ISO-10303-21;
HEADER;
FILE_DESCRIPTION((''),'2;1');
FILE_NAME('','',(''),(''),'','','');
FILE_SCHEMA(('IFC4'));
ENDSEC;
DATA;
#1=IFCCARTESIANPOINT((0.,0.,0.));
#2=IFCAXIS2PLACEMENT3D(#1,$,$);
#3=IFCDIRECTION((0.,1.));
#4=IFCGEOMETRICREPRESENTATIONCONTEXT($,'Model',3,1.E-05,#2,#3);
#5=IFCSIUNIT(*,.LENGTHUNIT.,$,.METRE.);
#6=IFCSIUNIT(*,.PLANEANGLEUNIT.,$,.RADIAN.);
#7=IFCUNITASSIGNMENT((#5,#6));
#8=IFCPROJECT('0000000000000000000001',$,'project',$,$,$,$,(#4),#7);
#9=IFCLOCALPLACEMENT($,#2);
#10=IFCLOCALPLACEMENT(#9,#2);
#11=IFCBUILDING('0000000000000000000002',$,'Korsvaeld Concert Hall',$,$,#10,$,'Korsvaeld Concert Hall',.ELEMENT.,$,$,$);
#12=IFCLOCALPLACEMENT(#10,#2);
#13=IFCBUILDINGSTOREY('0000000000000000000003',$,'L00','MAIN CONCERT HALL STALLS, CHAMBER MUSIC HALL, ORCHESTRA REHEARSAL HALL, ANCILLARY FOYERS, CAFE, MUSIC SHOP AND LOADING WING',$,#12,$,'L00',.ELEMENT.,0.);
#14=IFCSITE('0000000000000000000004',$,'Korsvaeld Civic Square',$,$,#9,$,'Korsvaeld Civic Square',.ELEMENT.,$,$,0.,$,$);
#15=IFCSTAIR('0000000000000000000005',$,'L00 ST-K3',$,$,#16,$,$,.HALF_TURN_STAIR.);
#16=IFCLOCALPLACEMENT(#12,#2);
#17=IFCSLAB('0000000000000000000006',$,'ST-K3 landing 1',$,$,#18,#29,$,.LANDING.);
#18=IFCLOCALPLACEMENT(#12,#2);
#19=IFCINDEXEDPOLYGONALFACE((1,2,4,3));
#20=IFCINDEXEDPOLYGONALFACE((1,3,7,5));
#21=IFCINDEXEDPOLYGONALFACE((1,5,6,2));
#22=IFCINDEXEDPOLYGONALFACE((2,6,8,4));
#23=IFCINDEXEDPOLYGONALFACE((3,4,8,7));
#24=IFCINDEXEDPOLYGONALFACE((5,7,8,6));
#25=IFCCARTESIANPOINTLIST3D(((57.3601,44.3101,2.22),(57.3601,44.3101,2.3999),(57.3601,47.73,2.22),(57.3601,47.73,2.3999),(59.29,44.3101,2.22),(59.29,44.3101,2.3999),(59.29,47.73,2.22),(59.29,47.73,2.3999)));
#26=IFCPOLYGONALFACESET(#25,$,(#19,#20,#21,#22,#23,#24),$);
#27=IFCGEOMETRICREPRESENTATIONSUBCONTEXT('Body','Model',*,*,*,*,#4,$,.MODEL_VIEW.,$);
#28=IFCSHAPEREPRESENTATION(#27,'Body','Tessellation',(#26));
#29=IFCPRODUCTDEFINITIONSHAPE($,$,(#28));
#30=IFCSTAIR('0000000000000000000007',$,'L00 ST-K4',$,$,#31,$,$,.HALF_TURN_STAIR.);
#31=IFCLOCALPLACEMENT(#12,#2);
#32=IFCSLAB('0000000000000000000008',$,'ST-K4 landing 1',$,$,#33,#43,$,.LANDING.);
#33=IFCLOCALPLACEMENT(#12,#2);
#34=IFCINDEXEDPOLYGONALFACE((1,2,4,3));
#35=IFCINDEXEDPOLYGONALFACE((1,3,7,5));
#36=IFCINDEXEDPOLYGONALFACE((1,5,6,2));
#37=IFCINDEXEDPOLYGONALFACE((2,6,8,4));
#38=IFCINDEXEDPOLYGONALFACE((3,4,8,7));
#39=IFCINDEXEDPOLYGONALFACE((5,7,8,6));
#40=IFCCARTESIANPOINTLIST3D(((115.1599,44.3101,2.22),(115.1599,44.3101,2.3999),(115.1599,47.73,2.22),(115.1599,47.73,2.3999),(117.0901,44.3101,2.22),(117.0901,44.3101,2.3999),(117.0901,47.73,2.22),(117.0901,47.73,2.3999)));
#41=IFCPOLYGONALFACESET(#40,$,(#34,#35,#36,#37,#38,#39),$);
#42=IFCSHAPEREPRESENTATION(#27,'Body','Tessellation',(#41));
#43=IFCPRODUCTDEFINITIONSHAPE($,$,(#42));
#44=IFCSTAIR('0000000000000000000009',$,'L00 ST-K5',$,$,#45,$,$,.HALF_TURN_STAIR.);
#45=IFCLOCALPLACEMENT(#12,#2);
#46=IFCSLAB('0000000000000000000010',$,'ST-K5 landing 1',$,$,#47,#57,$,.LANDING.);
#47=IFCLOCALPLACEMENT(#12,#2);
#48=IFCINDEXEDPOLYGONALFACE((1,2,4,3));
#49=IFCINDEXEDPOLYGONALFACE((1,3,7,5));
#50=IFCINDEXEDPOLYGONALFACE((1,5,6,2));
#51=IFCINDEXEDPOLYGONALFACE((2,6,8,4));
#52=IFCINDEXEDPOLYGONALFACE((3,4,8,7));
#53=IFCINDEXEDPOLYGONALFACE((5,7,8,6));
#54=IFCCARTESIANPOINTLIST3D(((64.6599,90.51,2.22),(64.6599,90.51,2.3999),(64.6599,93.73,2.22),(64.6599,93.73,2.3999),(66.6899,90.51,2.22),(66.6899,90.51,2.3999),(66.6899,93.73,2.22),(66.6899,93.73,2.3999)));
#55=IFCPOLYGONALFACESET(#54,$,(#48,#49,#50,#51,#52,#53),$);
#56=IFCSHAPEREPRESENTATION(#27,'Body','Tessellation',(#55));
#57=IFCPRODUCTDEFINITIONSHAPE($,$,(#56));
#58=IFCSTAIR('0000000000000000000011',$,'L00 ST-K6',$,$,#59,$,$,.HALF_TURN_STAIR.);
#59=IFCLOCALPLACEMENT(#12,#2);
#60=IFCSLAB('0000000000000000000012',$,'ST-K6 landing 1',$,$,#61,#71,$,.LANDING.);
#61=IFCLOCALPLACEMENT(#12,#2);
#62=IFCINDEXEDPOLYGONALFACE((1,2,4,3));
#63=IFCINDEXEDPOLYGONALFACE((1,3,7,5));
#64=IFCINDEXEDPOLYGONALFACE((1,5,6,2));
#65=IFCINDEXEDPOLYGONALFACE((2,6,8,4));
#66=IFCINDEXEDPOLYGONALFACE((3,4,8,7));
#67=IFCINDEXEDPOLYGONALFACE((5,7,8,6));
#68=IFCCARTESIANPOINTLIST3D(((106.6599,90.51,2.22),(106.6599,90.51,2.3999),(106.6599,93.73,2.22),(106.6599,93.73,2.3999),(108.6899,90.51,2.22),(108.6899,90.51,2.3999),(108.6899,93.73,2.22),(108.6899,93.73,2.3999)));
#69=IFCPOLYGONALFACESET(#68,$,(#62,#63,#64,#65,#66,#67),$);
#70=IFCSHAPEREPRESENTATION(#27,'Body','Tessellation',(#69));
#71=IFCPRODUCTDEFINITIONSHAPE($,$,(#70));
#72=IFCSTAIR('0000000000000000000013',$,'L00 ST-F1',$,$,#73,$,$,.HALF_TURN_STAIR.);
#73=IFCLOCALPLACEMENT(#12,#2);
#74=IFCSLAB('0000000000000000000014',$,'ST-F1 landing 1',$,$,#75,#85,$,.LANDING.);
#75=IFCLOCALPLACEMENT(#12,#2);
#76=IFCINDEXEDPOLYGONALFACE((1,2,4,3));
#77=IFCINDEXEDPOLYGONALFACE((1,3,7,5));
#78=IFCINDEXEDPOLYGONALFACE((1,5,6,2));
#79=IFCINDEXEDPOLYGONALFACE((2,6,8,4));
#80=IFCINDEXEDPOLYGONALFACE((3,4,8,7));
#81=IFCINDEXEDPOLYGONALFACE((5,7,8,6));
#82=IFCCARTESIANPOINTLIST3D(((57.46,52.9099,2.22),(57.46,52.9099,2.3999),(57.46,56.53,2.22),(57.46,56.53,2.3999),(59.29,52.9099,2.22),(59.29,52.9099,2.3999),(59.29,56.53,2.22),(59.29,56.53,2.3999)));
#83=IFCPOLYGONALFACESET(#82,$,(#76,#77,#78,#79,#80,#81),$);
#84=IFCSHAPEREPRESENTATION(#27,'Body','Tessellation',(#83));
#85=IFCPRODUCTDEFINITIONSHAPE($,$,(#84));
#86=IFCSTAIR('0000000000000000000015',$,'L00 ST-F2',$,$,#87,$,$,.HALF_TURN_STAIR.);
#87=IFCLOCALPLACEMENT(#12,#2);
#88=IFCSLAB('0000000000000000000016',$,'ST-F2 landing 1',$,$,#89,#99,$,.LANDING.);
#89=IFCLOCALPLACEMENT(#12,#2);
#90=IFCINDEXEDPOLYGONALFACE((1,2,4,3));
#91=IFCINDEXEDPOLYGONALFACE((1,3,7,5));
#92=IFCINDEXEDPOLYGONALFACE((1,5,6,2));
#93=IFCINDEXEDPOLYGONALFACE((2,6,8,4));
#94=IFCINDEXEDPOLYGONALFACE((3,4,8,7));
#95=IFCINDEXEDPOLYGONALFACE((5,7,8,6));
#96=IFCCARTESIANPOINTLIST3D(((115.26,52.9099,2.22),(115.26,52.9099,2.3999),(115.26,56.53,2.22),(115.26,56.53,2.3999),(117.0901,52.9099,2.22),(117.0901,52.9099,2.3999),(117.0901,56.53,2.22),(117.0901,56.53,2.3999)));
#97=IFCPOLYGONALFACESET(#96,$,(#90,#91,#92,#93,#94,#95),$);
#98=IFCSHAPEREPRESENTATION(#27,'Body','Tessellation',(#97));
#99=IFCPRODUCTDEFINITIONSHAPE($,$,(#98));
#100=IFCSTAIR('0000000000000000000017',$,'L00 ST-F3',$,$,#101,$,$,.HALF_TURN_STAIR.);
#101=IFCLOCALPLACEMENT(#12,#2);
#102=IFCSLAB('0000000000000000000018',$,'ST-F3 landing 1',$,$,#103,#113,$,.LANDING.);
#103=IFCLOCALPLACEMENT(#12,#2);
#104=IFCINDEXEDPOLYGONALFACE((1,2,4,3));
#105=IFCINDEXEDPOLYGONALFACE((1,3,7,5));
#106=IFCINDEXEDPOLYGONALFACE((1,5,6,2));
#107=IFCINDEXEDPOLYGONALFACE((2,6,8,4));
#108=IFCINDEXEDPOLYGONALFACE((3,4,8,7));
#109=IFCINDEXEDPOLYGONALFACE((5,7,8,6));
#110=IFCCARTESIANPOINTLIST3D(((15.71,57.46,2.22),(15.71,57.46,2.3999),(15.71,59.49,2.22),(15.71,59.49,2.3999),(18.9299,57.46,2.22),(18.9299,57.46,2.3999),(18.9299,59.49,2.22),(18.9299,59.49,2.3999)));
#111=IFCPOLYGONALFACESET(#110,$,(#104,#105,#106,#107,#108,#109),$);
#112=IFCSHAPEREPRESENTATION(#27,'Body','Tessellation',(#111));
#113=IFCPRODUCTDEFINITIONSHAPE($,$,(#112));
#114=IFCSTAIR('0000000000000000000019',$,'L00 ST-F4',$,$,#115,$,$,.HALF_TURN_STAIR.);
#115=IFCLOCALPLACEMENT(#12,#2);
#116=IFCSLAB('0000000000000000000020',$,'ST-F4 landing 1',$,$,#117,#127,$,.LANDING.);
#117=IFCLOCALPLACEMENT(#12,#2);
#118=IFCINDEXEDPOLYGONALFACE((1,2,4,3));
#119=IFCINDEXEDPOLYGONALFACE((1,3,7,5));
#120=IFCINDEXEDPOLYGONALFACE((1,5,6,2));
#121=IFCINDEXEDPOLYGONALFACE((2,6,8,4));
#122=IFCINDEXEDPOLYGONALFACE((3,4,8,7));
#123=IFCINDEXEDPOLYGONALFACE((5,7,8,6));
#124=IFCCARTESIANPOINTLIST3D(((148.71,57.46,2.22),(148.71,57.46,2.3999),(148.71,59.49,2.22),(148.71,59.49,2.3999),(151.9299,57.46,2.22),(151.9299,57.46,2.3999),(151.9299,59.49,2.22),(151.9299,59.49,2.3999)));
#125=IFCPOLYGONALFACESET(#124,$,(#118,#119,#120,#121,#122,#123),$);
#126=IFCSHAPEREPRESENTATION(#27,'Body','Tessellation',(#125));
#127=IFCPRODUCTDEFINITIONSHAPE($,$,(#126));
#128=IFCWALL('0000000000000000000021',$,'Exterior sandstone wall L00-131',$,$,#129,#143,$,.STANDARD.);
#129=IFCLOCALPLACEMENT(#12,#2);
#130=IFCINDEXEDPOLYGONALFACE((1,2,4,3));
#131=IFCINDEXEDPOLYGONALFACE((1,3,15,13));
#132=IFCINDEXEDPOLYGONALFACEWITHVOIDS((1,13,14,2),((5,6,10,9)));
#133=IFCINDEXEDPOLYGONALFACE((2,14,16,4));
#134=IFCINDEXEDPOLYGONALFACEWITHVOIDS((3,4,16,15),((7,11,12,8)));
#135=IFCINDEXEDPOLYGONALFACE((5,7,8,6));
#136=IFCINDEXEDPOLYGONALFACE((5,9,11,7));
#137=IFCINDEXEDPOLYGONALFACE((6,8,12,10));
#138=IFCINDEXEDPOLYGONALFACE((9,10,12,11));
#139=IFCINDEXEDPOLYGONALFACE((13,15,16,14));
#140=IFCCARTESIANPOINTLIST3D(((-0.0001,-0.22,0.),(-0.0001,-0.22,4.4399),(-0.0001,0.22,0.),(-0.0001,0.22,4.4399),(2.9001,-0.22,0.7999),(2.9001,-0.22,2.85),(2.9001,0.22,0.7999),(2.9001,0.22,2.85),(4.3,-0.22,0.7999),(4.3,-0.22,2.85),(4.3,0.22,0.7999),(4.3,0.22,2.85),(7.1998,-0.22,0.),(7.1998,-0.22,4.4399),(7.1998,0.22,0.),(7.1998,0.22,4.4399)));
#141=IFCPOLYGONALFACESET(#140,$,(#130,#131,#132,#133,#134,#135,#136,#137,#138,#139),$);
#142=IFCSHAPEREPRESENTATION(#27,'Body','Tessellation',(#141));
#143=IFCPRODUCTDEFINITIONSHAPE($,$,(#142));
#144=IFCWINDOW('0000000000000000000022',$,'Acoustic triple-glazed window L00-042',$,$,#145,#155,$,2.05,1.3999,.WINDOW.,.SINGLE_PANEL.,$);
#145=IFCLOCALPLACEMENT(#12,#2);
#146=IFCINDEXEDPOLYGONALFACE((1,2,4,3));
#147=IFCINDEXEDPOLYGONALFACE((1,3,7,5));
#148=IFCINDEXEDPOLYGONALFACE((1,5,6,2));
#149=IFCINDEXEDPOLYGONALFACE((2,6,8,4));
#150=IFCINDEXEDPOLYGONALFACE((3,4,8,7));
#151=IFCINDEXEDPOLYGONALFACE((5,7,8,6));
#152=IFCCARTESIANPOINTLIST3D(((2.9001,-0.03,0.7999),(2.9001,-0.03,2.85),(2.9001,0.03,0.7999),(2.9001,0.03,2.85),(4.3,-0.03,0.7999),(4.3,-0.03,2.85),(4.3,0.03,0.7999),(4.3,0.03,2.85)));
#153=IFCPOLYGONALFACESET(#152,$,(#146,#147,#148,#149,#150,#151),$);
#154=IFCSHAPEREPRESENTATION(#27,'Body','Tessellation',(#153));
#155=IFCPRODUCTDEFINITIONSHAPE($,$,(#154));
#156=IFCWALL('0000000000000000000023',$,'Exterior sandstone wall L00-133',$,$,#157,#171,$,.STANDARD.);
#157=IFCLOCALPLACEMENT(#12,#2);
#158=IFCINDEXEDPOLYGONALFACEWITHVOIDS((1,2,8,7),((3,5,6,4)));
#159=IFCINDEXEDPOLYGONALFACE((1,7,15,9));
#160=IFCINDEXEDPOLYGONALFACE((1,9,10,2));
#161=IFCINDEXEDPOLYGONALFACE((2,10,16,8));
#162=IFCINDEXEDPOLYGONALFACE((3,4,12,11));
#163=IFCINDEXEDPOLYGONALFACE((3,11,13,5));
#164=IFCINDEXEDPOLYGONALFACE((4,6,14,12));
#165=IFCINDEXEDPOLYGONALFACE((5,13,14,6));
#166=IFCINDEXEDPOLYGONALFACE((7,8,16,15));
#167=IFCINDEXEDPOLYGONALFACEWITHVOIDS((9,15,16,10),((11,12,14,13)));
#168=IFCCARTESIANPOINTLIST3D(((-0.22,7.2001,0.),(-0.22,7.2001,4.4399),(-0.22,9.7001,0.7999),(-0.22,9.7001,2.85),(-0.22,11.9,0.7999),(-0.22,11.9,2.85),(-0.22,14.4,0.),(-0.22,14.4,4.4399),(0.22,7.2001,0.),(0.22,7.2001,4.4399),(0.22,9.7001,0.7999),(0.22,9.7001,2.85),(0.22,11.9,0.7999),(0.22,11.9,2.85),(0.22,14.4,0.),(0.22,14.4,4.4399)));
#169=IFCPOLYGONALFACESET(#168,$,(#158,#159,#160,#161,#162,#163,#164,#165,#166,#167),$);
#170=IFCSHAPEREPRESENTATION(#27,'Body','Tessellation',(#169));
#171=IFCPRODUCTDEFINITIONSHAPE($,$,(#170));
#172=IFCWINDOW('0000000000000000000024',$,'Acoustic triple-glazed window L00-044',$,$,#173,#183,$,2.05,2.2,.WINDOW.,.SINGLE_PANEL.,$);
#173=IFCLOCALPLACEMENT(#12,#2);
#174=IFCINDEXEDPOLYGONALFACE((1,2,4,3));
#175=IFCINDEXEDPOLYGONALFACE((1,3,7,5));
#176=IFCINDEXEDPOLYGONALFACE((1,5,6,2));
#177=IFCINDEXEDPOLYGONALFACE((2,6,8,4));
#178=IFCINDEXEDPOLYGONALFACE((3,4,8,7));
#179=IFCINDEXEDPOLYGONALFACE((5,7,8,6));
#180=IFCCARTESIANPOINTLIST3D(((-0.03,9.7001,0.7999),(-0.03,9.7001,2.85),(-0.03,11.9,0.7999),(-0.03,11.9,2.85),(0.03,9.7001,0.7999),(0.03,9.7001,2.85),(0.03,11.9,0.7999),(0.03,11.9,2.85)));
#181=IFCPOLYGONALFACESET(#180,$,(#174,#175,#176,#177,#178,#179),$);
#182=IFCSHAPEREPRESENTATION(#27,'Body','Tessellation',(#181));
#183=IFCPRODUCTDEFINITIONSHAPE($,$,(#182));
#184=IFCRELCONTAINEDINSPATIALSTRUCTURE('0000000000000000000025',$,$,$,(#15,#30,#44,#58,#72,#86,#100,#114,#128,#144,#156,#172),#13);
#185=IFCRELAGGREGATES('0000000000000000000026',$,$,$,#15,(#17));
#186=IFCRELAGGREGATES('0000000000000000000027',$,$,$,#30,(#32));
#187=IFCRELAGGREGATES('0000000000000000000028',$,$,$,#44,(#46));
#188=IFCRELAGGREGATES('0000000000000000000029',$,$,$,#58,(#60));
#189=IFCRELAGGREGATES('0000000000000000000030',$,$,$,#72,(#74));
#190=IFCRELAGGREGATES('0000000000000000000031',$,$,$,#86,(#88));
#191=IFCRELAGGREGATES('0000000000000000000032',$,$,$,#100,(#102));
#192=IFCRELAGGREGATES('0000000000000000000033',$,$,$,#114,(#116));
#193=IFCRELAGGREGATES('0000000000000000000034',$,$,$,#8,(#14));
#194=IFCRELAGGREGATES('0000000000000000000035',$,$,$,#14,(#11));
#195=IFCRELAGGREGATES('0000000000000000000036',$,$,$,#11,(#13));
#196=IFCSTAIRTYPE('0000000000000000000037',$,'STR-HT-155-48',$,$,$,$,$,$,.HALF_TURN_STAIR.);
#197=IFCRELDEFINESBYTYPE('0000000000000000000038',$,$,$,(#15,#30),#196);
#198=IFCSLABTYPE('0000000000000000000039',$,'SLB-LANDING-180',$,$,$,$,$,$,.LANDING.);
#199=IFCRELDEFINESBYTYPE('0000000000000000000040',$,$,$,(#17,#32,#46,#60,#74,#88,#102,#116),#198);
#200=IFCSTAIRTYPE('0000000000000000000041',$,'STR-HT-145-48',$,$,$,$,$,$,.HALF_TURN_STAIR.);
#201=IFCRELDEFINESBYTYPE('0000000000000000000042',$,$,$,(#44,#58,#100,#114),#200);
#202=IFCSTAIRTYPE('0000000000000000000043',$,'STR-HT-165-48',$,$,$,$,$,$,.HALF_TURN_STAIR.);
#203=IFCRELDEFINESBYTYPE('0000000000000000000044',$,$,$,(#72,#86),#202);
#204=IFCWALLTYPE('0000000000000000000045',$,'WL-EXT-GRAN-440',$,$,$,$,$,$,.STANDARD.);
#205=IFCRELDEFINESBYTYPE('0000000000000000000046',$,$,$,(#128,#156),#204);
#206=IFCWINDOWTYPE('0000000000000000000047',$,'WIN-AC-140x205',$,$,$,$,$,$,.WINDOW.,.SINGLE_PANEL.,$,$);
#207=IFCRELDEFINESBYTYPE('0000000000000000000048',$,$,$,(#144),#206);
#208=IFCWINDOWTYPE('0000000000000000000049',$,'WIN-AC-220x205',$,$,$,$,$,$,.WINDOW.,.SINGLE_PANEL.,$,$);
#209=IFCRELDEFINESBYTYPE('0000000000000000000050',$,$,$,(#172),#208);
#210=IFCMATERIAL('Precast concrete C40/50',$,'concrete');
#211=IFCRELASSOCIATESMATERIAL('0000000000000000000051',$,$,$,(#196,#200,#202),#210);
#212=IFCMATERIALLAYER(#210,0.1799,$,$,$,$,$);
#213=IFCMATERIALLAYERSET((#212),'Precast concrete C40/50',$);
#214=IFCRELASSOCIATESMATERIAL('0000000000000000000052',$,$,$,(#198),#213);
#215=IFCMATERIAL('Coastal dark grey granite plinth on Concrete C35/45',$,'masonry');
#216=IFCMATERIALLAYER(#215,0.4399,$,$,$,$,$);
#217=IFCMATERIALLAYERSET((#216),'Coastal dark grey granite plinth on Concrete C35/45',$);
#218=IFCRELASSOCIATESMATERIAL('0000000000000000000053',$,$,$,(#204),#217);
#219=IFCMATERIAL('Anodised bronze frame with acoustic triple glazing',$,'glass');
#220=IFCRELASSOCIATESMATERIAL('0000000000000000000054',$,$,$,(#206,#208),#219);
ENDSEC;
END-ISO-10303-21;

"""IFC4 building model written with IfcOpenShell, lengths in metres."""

from ifc_helpers import new_model, si_unit, direction, frame, frame_2d, origin, place, context, subcontext, project, spatial, polyline, rectangle, outline, extrude, material, layer, layer_set, type_object, element, fill, aggregate, save


model = new_model("IFC4")

# Units and contexts
model_context = context("Model", 3, precision=1e-05, world=origin(), true_north=direction((0.0, 1.0)))
body_context = subcontext(model_context, "Body", "Model", "MODEL_VIEW")
ifc_project = project(units=[si_unit("LENGTHUNIT", "METRE"), si_unit("PLANEANGLEUNIT", "RADIAN")], contexts=[model_context])

# Site, building, storey
site_placement = place(None, origin())
site = spatial("IfcSite", under=ifc_project, at=site_placement, Name="Korsvaeld Civic Square", LongName="Korsvaeld Civic Square", CompositionType="ELEMENT", RefElevation=0.0)
building_placement = place(site_placement, origin())
building = spatial("IfcBuilding", under=site, at=building_placement, Name="Korsvaeld Concert Hall", LongName="Korsvaeld Concert Hall", CompositionType="ELEMENT")
storey_placement = place(building_placement, origin())
storey = spatial("IfcBuildingStorey", under=building, at=storey_placement, Name="L00", Description="MAIN CONCERT HALL STALLS, CHAMBER MUSIC HALL, ORCHESTRA REHEARSAL HALL, ANCILLARY FOYERS, CAFE, MUSIC SHOP AND LOADING WING", LongName="L00", CompositionType="ELEMENT", Elevation=0.0)

# Stairs, slabs
ifc_material_1 = material(Name="Precast concrete C40/50", Category="concrete")
stair_type_1 = type_object("IfcStairType", Name="STR-HT-155-48", PredefinedType="HALF_TURN_STAIR", material=ifc_material_1)
ifc_layer_1 = layer(ifc_material_1, 0.1799)
ifc_layer_set_1 = layer_set([ifc_layer_1], Name="Precast concrete C40/50")
slab_type = type_object("IfcSlabType", Name="SLB-LANDING-180", PredefinedType="LANDING", material=ifc_layer_set_1)
stair_1_placement = place(storey_placement, origin())
stair_1 = element("IfcStair", 1, at=stair_1_placement, inside=storey, type_object=stair_type_1, Name="L00 ST-K3", PredefinedType="HALF_TURN_STAIR")
slab_1_placement = place(storey_placement, frame((0.0, 0.0, 2.22)))
slab_1 = element("IfcSlab", 2, at=slab_1_placement, type_object=slab_type, Name="ST-K3 landing 1", PredefinedType="LANDING", context=body_context, shape_type="SweptSolid", body=[
    extrude(outline(polyline([(57.3601, 44.3101), (57.3601, 47.73), (59.29, 47.73), (59.29, 44.3101), (57.3601, 44.3101)])), origin(), (0.0, 0.0, 1.0), 0.1799),
])
aggregate(stair_1, [slab_1])
stair_2_placement = place(storey_placement, origin())
stair_2 = element("IfcStair", 3, at=stair_2_placement, inside=storey, type_object=stair_type_1, Name="L00 ST-K4", PredefinedType="HALF_TURN_STAIR")
slab_2_placement = place(storey_placement, frame((0.0, 0.0, 2.22)))
slab_2 = element("IfcSlab", 4, at=slab_2_placement, type_object=slab_type, Name="ST-K4 landing 1", PredefinedType="LANDING", context=body_context, shape_type="SweptSolid", body=[
    extrude(outline(polyline([(115.1599, 44.3101), (115.1599, 47.73), (117.0901, 47.73), (117.0901, 44.3101), (115.1599, 44.3101)])), origin(), (0.0, 0.0, 1.0), 0.1799),
])
aggregate(stair_2, [slab_2])
stair_type_2 = type_object("IfcStairType", Name="STR-HT-145-48", PredefinedType="HALF_TURN_STAIR", material=ifc_material_1)
stair_3_placement = place(storey_placement, origin())
stair_3 = element("IfcStair", 5, at=stair_3_placement, inside=storey, type_object=stair_type_2, Name="L00 ST-K5", PredefinedType="HALF_TURN_STAIR")
slab_3_placement = place(storey_placement, frame((0.0, 0.0, 2.22)))
slab_3 = element("IfcSlab", 6, at=slab_3_placement, type_object=slab_type, Name="ST-K5 landing 1", PredefinedType="LANDING", context=body_context, shape_type="SweptSolid", body=[
    extrude(outline(polyline([(64.6599, 90.51), (64.6599, 93.73), (66.6899, 93.73), (66.6899, 90.51), (64.6599, 90.51)])), origin(), (0.0, 0.0, 1.0), 0.1799),
])
aggregate(stair_3, [slab_3])
stair_4_placement = place(storey_placement, origin())
stair_4 = element("IfcStair", 7, at=stair_4_placement, inside=storey, type_object=stair_type_2, Name="L00 ST-K6", PredefinedType="HALF_TURN_STAIR")
slab_4_placement = place(storey_placement, frame((0.0, 0.0, 2.22)))
slab_4 = element("IfcSlab", 8, at=slab_4_placement, type_object=slab_type, Name="ST-K6 landing 1", PredefinedType="LANDING", context=body_context, shape_type="SweptSolid", body=[
    extrude(outline(polyline([(106.6599, 90.51), (106.6599, 93.73), (108.6899, 93.73), (108.6899, 90.51), (106.6599, 90.51)])), origin(), (0.0, 0.0, 1.0), 0.1799),
])
aggregate(stair_4, [slab_4])
stair_type_3 = type_object("IfcStairType", Name="STR-HT-165-48", PredefinedType="HALF_TURN_STAIR", material=ifc_material_1)
stair_5_placement = place(storey_placement, origin())
stair_5 = element("IfcStair", 9, at=stair_5_placement, inside=storey, type_object=stair_type_3, Name="L00 ST-F1", PredefinedType="HALF_TURN_STAIR")
slab_5_placement = place(storey_placement, frame((0.0, 0.0, 2.22)))
slab_5 = element("IfcSlab", 10, at=slab_5_placement, type_object=slab_type, Name="ST-F1 landing 1", PredefinedType="LANDING", context=body_context, shape_type="SweptSolid", body=[
    extrude(outline(polyline([(57.46, 52.9099), (57.46, 56.53), (59.29, 56.53), (59.29, 52.9099), (57.46, 52.9099)])), origin(), (0.0, 0.0, 1.0), 0.1799),
])
aggregate(stair_5, [slab_5])
stair_6_placement = place(storey_placement, origin())
stair_6 = element("IfcStair", 11, at=stair_6_placement, inside=storey, type_object=stair_type_3, Name="L00 ST-F2", PredefinedType="HALF_TURN_STAIR")
slab_6_placement = place(storey_placement, frame((0.0, 0.0, 2.22)))
slab_6 = element("IfcSlab", 12, at=slab_6_placement, type_object=slab_type, Name="ST-F2 landing 1", PredefinedType="LANDING", context=body_context, shape_type="SweptSolid", body=[
    extrude(outline(polyline([(115.26, 52.9099), (115.26, 56.53), (117.0901, 56.53), (117.0901, 52.9099), (115.26, 52.9099)])), origin(), (0.0, 0.0, 1.0), 0.1799),
])
aggregate(stair_6, [slab_6])
stair_7_placement = place(storey_placement, origin())
stair_7 = element("IfcStair", 13, at=stair_7_placement, inside=storey, type_object=stair_type_2, Name="L00 ST-F3", PredefinedType="HALF_TURN_STAIR")
slab_7_placement = place(storey_placement, frame((0.0, 0.0, 2.22)))
slab_7 = element("IfcSlab", 14, at=slab_7_placement, type_object=slab_type, Name="ST-F3 landing 1", PredefinedType="LANDING", context=body_context, shape_type="SweptSolid", body=[
    extrude(outline(polyline([(18.9299, 57.46), (15.71, 57.46), (15.71, 59.49), (18.9299, 59.49), (18.9299, 57.46)])), origin(), (0.0, 0.0, 1.0), 0.1799),
])
aggregate(stair_7, [slab_7])
stair_8_placement = place(storey_placement, origin())
stair_8 = element("IfcStair", 15, at=stair_8_placement, inside=storey, type_object=stair_type_2, Name="L00 ST-F4", PredefinedType="HALF_TURN_STAIR")
slab_8_placement = place(storey_placement, frame((0.0, 0.0, 2.22)))
slab_8 = element("IfcSlab", 16, at=slab_8_placement, type_object=slab_type, Name="ST-F4 landing 1", PredefinedType="LANDING", context=body_context, shape_type="SweptSolid", body=[
    extrude(outline(polyline([(151.9299, 57.46), (148.71, 57.46), (148.71, 59.49), (151.9299, 59.49), (151.9299, 57.46)])), origin(), (0.0, 0.0, 1.0), 0.1799),
])
aggregate(stair_8, [slab_8])

# Walls, openings, windows
ifc_material_2 = material(Name="Coastal dark grey granite plinth on Concrete C35/45", Category="masonry")
ifc_layer_2 = layer(ifc_material_2, 0.4399)
ifc_layer_set_2 = layer_set([ifc_layer_2], Name="Coastal dark grey granite plinth on Concrete C35/45")
wall_type_1 = type_object("IfcWallType", Name="WL-EXT-GRAN-440", PredefinedType="STANDARD", material=ifc_layer_set_2)
wall_1_placement = place(storey_placement, frame((7.2, 0.0, 0.0), z_axis=(0.0, 0.0, 1.0), x_axis=(-1.0, 0.0, 0.0)))
wall_1 = element("IfcWall", 17, at=wall_1_placement, inside=storey, type_object=wall_type_1, Name="Exterior sandstone wall L00-131", PredefinedType="STANDARD", context=body_context, shape_type="SweptSolid", body=[
    extrude(rectangle(XDim=7.2, YDim=0.4399, at=frame_2d((3.6001, 0.0))), origin(), (0.0, 0.0, 1.0), 4.4399),
])
opening_1_placement = place(wall_1_placement, frame((2.8999, 0.0, 0.8)))
opening_1 = element("IfcOpeningElement", 18, at=opening_1_placement, cuts=wall_1, PredefinedType="OPENING", context=body_context, shape_type="SweptSolid", body=[
    extrude(rectangle(XDim=1.3999, YDim=2.05, at=frame_2d((0.7, 1.0249))), frame((0.0, 0.23, 0.0), z_axis=(0.0, -1.0, 0.0), x_axis=(1.0, 0.0, 0.0)), (0.0, 0.0, 1.0), 0.46),
])
ifc_material_3 = material(Name="Anodised bronze frame with acoustic triple glazing", Category="glass")
window_type_1 = type_object("IfcWindowType", Name="WIN-AC-140x205", PartitioningType="SINGLE_PANEL", PredefinedType="WINDOW", material=ifc_material_3)
window_1_placement = place(opening_1_placement, origin())
window_1 = element("IfcWindow", 19, at=window_1_placement, inside=storey, type_object=window_type_1, Name="Acoustic triple-glazed window L00-042", OverallHeight=2.05, OverallWidth=1.3999, PartitioningType="SINGLE_PANEL", PredefinedType="WINDOW", context=body_context, shape_type="SweptSolid", body=[
    extrude(rectangle(XDim=1.3999, YDim=2.05, at=frame_2d((0.7, 1.0249))), frame((0.0, 0.03, 0.0), z_axis=(0.0, -1.0, 0.0), x_axis=(1.0, 0.0, 0.0)), (0.0, 0.0, 1.0), 0.0601),
])
fill(opening_1, window_1)
wall_2_placement = place(storey_placement, frame((0.0, 7.2, 0.0), z_axis=(0.0, 0.0, 1.0), x_axis=(0.0, 1.0, 0.0)))
wall_2 = element("IfcWall", 20, at=wall_2_placement, inside=storey, type_object=wall_type_1, Name="Exterior sandstone wall L00-133", PredefinedType="STANDARD", context=body_context, shape_type="SweptSolid", body=[
    extrude(rectangle(XDim=7.2, YDim=0.4399, at=frame_2d((3.6001, 0.0))), origin(), (0.0, 0.0, 1.0), 4.4399),
])
opening_2_placement = place(wall_2_placement, frame((2.5, 0.0, 0.8)))
opening_2 = element("IfcOpeningElement", 21, at=opening_2_placement, cuts=wall_2, PredefinedType="OPENING", context=body_context, shape_type="SweptSolid", body=[
    extrude(rectangle(XDim=2.2, YDim=2.05, at=frame_2d((1.1001, 1.0249))), frame((0.0, 0.23, 0.0), z_axis=(0.0, -1.0, 0.0), x_axis=(1.0, 0.0, 0.0)), (0.0, 0.0, 1.0), 0.46),
])
window_type_2 = type_object("IfcWindowType", Name="WIN-AC-220x205", PartitioningType="SINGLE_PANEL", PredefinedType="WINDOW", material=ifc_material_3)
window_2_placement = place(opening_2_placement, origin())
window_2 = element("IfcWindow", 22, at=window_2_placement, inside=storey, type_object=window_type_2, Name="Acoustic triple-glazed window L00-044", OverallHeight=2.05, OverallWidth=2.2, PartitioningType="SINGLE_PANEL", PredefinedType="WINDOW", context=body_context, shape_type="SweptSolid", body=[
    extrude(rectangle(XDim=2.2, YDim=2.05, at=frame_2d((1.1001, 1.0249))), frame((0.0, 0.03, 0.0), z_axis=(0.0, -1.0, 0.0), x_axis=(1.0, 0.0, 0.0)), (0.0, 0.0, 1.0), 0.0601),
])
fill(opening_2, window_2)

save(model, "model.ifc")
